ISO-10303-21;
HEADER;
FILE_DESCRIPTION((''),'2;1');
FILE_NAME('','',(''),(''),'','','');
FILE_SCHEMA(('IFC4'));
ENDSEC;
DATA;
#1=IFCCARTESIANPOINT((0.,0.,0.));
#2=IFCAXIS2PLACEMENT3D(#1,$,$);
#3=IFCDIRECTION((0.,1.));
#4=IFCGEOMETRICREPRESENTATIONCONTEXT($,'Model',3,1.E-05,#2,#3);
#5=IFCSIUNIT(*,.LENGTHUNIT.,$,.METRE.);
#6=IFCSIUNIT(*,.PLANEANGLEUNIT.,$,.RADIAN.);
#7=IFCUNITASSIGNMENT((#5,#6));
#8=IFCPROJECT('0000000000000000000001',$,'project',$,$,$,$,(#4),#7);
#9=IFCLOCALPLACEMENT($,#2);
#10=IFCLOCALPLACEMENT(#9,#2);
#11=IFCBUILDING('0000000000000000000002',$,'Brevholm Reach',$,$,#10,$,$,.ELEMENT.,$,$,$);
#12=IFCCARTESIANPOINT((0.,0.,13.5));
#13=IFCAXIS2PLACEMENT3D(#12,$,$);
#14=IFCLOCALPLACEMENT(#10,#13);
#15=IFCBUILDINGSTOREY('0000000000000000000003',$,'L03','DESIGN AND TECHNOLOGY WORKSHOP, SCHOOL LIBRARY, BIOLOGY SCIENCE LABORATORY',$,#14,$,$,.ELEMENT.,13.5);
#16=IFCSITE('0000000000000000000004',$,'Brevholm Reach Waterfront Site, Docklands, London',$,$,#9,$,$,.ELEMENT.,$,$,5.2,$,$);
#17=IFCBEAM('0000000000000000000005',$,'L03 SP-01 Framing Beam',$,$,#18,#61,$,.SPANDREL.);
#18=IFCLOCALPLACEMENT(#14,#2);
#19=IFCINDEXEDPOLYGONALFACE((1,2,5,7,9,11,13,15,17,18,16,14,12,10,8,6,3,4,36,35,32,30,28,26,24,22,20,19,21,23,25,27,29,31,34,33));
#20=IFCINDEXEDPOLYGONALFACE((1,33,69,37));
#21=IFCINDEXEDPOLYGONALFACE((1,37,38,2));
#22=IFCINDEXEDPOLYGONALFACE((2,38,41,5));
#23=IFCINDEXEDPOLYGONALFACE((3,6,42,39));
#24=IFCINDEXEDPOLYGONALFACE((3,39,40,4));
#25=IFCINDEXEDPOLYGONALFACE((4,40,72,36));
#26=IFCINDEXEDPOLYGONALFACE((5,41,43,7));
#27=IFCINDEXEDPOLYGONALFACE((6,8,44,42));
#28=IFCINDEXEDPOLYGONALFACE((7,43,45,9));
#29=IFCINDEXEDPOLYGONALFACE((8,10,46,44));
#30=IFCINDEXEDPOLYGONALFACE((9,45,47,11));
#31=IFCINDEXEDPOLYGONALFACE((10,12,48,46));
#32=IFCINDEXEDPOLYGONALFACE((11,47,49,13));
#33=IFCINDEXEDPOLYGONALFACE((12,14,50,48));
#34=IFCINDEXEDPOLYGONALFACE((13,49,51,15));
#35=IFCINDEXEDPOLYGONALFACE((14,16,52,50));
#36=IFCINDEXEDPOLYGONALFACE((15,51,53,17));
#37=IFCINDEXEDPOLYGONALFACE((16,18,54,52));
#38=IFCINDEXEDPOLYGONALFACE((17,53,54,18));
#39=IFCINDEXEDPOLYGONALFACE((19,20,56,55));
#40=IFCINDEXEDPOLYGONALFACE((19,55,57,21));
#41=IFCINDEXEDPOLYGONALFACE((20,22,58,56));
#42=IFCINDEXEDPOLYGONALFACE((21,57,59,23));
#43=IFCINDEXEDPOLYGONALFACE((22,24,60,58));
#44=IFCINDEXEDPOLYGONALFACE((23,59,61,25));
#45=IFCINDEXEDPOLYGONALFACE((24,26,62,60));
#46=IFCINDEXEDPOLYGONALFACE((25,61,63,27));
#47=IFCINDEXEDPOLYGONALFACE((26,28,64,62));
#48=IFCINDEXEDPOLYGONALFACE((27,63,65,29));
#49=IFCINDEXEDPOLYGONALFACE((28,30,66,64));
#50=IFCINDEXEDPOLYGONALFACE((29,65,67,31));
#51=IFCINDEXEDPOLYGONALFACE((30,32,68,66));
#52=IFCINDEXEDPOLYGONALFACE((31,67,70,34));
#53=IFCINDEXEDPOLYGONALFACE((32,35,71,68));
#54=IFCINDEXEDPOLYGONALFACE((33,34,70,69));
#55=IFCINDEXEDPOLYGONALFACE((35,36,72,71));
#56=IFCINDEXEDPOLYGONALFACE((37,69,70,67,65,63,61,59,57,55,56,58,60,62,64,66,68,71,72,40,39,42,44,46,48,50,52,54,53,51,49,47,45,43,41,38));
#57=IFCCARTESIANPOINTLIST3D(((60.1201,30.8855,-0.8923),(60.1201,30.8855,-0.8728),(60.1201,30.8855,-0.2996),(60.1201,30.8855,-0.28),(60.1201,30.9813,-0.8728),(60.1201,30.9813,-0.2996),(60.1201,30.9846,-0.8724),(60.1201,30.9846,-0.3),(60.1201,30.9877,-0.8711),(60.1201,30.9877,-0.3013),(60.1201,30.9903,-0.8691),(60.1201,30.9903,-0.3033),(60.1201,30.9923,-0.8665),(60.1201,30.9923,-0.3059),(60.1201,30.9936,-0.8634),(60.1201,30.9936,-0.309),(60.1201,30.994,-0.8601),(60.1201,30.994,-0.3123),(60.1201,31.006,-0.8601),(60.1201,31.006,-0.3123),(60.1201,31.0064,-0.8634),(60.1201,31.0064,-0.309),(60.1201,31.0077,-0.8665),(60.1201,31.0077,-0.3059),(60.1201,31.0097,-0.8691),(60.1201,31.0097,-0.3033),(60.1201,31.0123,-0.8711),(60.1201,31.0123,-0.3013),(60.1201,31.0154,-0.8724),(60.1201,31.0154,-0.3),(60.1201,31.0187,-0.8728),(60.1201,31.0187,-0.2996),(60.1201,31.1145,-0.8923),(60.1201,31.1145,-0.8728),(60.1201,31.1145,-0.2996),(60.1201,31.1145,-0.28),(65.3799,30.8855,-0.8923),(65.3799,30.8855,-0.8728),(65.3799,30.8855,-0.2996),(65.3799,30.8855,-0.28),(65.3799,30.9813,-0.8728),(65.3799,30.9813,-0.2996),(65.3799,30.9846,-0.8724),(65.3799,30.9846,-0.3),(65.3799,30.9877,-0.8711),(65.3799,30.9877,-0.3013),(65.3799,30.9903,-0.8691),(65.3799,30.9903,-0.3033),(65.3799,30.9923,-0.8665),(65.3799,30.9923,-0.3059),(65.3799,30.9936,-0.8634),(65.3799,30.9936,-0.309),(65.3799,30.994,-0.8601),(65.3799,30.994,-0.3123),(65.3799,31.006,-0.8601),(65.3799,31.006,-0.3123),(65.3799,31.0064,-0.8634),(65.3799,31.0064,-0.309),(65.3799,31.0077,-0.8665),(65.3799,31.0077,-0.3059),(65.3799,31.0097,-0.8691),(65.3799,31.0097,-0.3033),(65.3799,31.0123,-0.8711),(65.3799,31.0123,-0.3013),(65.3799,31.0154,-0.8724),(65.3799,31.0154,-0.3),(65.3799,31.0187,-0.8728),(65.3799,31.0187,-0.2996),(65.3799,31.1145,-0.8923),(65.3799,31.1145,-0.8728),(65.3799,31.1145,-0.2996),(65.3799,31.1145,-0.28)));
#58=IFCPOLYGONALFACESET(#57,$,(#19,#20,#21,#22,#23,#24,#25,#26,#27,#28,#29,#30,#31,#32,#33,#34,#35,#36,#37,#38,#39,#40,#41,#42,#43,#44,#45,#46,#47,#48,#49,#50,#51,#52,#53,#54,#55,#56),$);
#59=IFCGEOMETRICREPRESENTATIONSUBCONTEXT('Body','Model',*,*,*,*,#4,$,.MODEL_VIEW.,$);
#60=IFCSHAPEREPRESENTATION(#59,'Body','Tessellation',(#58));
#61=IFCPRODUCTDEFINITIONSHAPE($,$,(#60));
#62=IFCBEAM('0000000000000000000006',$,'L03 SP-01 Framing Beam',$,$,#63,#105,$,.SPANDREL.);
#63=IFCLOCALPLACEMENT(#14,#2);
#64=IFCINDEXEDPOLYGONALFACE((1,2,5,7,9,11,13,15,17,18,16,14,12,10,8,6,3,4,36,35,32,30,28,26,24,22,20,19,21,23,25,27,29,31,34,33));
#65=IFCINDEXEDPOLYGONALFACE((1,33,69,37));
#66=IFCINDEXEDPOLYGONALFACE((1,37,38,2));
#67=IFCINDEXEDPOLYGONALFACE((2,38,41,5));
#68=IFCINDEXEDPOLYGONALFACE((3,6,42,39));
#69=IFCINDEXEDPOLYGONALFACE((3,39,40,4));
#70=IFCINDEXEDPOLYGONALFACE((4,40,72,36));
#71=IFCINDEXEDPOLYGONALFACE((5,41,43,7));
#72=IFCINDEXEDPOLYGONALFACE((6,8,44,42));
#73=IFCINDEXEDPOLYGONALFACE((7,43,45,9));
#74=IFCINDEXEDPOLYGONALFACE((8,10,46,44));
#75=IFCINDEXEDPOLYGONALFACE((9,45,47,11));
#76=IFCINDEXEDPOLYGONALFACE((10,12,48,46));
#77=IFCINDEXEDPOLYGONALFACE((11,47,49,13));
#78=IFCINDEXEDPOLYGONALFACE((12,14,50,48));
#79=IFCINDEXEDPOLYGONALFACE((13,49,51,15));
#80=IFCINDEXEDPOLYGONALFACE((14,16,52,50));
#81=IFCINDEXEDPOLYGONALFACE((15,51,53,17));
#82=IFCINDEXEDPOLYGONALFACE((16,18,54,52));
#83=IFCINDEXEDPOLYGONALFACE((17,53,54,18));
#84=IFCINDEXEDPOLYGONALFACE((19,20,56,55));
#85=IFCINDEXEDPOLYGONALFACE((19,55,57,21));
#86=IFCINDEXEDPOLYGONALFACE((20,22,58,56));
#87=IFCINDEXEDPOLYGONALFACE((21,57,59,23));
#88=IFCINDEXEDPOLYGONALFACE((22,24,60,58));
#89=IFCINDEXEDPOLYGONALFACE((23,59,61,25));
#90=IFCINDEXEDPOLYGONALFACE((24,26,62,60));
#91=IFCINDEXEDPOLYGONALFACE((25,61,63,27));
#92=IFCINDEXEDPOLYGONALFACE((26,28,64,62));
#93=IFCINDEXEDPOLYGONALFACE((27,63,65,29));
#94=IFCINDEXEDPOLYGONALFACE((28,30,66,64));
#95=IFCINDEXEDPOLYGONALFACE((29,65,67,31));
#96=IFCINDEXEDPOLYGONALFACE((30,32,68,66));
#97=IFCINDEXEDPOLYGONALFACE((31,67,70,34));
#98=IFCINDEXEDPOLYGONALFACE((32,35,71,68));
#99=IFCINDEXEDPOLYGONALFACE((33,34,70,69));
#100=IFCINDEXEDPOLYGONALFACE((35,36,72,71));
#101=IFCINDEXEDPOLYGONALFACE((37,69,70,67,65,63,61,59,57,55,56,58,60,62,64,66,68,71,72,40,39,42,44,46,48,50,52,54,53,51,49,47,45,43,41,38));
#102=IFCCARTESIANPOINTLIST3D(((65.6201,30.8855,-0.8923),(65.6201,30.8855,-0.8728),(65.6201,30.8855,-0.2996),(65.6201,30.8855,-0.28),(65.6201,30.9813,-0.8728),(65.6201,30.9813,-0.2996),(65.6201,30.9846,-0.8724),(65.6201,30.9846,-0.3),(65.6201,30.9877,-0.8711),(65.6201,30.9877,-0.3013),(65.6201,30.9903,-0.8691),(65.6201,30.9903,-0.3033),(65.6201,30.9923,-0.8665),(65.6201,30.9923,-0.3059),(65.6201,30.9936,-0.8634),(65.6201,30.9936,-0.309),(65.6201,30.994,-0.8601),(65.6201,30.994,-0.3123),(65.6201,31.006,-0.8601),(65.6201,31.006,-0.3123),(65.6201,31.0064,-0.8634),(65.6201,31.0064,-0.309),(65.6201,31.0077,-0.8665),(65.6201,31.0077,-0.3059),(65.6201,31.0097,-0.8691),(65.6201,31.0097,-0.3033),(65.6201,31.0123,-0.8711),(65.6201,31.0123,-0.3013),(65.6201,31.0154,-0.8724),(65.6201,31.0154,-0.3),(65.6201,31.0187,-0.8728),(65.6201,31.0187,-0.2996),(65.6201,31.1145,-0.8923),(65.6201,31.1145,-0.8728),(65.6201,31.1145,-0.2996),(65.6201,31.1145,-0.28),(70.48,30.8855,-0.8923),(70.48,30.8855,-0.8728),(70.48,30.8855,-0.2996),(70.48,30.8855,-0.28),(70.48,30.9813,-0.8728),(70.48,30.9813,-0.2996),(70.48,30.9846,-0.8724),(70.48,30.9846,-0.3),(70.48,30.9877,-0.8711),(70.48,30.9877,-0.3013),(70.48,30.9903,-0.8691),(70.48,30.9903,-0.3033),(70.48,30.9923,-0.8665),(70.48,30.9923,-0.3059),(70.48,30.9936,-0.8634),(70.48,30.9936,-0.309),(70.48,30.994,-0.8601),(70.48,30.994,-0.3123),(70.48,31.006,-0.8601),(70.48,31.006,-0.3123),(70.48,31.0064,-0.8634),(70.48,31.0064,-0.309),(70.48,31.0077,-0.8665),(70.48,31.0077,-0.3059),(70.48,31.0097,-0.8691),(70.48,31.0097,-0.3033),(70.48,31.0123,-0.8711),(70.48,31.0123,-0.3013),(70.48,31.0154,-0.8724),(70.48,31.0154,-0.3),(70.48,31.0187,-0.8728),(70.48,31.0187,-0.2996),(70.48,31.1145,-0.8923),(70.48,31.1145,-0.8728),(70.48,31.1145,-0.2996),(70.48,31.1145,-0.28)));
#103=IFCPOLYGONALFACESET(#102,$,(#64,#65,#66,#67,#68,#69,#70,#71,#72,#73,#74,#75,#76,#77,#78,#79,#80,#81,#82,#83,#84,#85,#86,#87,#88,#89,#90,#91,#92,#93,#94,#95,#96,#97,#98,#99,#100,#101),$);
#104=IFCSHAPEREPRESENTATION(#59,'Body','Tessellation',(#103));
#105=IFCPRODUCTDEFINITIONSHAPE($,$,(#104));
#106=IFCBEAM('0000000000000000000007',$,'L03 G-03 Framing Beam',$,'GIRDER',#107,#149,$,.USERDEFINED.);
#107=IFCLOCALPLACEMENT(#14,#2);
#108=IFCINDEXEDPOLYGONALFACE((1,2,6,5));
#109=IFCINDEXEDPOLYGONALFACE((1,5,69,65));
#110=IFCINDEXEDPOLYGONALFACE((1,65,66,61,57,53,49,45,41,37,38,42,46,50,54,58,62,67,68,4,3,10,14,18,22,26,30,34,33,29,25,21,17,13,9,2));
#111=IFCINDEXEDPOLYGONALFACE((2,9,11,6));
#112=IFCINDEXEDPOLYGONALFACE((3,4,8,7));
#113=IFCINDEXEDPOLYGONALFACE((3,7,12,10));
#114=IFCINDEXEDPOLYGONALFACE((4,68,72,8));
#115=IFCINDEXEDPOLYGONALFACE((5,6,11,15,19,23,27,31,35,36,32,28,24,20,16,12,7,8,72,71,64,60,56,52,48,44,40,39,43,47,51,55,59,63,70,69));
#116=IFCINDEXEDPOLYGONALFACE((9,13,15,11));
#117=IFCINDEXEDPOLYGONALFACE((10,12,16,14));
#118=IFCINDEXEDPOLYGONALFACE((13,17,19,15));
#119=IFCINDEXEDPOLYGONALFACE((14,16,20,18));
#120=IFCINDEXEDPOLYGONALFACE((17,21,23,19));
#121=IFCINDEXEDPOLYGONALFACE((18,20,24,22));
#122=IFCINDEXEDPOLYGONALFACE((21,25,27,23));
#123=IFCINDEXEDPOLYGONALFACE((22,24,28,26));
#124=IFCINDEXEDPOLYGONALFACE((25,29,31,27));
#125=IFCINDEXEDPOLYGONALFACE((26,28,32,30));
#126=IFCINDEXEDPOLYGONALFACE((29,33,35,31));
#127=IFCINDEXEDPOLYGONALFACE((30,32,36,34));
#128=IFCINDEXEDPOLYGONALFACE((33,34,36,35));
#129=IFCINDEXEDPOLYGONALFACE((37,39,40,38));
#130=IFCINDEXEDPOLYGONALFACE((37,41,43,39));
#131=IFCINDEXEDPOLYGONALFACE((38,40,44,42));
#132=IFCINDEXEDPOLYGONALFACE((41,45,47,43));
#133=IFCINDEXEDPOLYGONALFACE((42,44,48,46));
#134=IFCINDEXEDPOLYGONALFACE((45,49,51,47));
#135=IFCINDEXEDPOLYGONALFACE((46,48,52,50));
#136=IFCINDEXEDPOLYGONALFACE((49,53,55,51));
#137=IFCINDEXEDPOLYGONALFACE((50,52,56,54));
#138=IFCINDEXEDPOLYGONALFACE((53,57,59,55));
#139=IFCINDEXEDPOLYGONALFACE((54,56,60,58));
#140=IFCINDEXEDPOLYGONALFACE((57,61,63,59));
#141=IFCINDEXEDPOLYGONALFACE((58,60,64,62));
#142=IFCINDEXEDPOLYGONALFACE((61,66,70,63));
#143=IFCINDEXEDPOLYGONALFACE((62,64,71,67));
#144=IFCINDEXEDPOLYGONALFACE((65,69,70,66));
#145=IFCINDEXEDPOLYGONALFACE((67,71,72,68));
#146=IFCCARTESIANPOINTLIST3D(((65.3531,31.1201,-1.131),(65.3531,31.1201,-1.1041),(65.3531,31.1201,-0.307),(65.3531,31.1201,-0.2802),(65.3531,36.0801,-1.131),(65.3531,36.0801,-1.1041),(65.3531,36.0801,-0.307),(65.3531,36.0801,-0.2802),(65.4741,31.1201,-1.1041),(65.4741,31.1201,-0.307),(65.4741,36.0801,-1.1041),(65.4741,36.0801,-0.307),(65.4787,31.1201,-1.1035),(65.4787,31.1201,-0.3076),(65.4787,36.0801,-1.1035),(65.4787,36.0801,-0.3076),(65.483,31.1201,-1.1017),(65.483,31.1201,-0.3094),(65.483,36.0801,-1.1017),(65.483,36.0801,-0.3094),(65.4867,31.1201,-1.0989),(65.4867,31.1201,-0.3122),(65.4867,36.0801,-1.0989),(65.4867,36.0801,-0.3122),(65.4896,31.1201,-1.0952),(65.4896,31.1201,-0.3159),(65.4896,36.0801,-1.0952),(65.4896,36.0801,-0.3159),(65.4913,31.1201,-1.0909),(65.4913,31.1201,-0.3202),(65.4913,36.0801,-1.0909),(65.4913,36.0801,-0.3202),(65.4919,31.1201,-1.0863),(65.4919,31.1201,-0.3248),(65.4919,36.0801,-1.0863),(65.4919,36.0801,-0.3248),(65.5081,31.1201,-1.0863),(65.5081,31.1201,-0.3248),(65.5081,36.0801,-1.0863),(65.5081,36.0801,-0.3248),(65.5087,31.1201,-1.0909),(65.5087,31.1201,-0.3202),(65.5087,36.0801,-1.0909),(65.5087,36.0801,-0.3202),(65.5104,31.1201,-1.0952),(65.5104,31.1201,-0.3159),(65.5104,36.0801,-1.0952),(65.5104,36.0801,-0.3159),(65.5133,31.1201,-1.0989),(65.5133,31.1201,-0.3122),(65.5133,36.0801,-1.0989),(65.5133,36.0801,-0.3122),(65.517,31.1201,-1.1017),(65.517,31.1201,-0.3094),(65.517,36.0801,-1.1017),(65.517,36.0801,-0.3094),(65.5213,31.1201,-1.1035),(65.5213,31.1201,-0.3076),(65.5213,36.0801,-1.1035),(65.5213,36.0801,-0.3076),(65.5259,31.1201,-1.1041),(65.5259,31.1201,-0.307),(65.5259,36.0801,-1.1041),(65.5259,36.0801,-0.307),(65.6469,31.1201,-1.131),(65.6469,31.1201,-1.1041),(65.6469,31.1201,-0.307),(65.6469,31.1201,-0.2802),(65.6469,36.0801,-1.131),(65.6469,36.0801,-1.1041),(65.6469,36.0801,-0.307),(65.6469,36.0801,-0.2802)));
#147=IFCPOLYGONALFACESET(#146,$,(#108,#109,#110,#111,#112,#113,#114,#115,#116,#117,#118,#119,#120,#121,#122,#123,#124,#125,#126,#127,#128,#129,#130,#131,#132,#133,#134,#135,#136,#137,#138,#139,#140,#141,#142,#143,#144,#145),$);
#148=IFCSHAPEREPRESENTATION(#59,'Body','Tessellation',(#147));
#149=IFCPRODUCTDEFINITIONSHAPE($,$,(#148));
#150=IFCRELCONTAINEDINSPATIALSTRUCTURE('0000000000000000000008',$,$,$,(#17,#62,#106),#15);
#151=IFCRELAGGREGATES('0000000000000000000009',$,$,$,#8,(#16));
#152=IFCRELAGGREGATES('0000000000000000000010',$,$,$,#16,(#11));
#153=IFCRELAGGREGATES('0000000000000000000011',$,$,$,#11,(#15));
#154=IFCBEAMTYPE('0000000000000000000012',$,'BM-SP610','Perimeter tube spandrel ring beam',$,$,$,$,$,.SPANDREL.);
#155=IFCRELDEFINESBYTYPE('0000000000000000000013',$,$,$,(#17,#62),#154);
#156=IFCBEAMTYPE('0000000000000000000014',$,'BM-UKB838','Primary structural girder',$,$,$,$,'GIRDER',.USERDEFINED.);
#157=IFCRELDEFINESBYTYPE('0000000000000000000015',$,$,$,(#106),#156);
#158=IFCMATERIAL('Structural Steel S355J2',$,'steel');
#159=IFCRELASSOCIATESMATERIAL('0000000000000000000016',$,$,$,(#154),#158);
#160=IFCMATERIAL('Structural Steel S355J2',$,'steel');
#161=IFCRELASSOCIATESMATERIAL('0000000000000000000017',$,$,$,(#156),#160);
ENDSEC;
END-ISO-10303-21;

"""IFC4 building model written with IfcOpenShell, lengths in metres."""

from ifc_helpers import new_model, si_unit, direction, frame, origin, origin_2d, place, context, subcontext, project, spatial, i_section, extrude, material, material_profile, profile_set, type_object, element, save


model = new_model("IFC4")

# Units and contexts
model_context = context("Model", 3, precision=1e-05, world=origin(), true_north=direction((0.0, 1.0)))
body_context = subcontext(model_context, "Body", "Model", "MODEL_VIEW")
ifc_project = project(units=[si_unit("LENGTHUNIT", "METRE"), si_unit("PLANEANGLEUNIT", "RADIAN")], contexts=[model_context])

# Site, building, storey
site_placement = place(None, origin())
site = spatial("IfcSite", under=ifc_project, at=site_placement, Name="Brevholm Reach Waterfront Site, Docklands, London", CompositionType="ELEMENT", RefElevation=5.2)
building_placement = place(site_placement, origin())
building = spatial("IfcBuilding", under=site, at=building_placement, Name="Brevholm Reach", CompositionType="ELEMENT")
storey_placement = place(building_placement, frame((0.0, 0.0, 13.5)))
storey = spatial("IfcBuildingStorey", under=building, at=storey_placement, Name="L03", Description="DESIGN AND TECHNOLOGY WORKSHOP, SCHOOL LIBRARY, BIOLOGY SCIENCE LABORATORY", CompositionType="ELEMENT", Elevation=13.5)

# Beams
ifc_material_1 = material(Name="Structural Steel S355J2", Category="steel")
ifc_material_profile_1 = material_profile(ifc_material_1, i_section(OverallWidth=0.229, OverallDepth=0.6123, WebThickness=0.012, FlangeThickness=0.0195, FilletRadius=0.0127, at=origin_2d()), Name="UKB 610x229x125")
ifc_profile_set_1 = profile_set([ifc_material_profile_1], Name="Structural Steel S355J2")
beam_type_1 = type_object("IfcBeamType", Name="BM-SP610", Description="Perimeter tube spandrel ring beam", PredefinedType="SPANDREL", material=ifc_profile_set_1)
beam_1_placement = place(storey_placement, frame((60.1201, 31.0, -0.5862), z_axis=(1.0, 0.0, 0.0), x_axis=(0.0, 1.0, 0.0)))
element("IfcBeam", 1, at=beam_1_placement, inside=storey, type_object=beam_type_1, Name="L03 SP-01 Framing Beam", PredefinedType="SPANDREL", context=body_context, shape_type="SweptSolid", body=[
    extrude(i_section(OverallWidth=0.229, OverallDepth=0.6123, WebThickness=0.012, FlangeThickness=0.0195, FilletRadius=0.0127, at=origin_2d()), origin(), (0.0, 0.0, 1.0), 5.2598),
])
beam_2_placement = place(storey_placement, frame((65.6201, 31.0, -0.5862), z_axis=(1.0, 0.0, 0.0), x_axis=(0.0, 1.0, 0.0)))
element("IfcBeam", 2, at=beam_2_placement, inside=storey, type_object=beam_type_1, Name="L03 SP-01 Framing Beam", PredefinedType="SPANDREL", context=body_context, shape_type="SweptSolid", body=[
    extrude(i_section(OverallWidth=0.229, OverallDepth=0.6123, WebThickness=0.012, FlangeThickness=0.0195, FilletRadius=0.0127, at=origin_2d()), origin(), (0.0, 0.0, 1.0), 4.8599),
])
ifc_material_2 = material(Name="Structural Steel S355J2", Category="steel")
ifc_material_profile_2 = material_profile(ifc_material_2, i_section(OverallWidth=0.2937, OverallDepth=0.8508, WebThickness=0.0161, FlangeThickness=0.0269, FilletRadius=0.0178, at=origin_2d()), Name="UKB 838x292x226")
ifc_profile_set_2 = profile_set([ifc_material_profile_2], Name="Structural Steel S355J2")
beam_type_2 = type_object("IfcBeamType", Name="BM-UKB838", Description="Primary structural girder", ElementType="GIRDER", PredefinedType="USERDEFINED", material=ifc_profile_set_2)
beam_3_placement = place(storey_placement, frame((65.5, 31.1201, -0.7056), z_axis=(0.0, 1.0, 0.0), x_axis=(-1.0, 0.0, 0.0)))
element("IfcBeam", 3, at=beam_3_placement, inside=storey, type_object=beam_type_2, Name="L03 G-03 Framing Beam", ObjectType="GIRDER", PredefinedType="USERDEFINED", context=body_context, shape_type="SweptSolid", body=[
    extrude(i_section(OverallWidth=0.2937, OverallDepth=0.8508, WebThickness=0.0161, FlangeThickness=0.0269, FilletRadius=0.0178, at=origin_2d()), origin(), (0.0, 0.0, 1.0), 4.96),
])

save(model, "model.ifc")
